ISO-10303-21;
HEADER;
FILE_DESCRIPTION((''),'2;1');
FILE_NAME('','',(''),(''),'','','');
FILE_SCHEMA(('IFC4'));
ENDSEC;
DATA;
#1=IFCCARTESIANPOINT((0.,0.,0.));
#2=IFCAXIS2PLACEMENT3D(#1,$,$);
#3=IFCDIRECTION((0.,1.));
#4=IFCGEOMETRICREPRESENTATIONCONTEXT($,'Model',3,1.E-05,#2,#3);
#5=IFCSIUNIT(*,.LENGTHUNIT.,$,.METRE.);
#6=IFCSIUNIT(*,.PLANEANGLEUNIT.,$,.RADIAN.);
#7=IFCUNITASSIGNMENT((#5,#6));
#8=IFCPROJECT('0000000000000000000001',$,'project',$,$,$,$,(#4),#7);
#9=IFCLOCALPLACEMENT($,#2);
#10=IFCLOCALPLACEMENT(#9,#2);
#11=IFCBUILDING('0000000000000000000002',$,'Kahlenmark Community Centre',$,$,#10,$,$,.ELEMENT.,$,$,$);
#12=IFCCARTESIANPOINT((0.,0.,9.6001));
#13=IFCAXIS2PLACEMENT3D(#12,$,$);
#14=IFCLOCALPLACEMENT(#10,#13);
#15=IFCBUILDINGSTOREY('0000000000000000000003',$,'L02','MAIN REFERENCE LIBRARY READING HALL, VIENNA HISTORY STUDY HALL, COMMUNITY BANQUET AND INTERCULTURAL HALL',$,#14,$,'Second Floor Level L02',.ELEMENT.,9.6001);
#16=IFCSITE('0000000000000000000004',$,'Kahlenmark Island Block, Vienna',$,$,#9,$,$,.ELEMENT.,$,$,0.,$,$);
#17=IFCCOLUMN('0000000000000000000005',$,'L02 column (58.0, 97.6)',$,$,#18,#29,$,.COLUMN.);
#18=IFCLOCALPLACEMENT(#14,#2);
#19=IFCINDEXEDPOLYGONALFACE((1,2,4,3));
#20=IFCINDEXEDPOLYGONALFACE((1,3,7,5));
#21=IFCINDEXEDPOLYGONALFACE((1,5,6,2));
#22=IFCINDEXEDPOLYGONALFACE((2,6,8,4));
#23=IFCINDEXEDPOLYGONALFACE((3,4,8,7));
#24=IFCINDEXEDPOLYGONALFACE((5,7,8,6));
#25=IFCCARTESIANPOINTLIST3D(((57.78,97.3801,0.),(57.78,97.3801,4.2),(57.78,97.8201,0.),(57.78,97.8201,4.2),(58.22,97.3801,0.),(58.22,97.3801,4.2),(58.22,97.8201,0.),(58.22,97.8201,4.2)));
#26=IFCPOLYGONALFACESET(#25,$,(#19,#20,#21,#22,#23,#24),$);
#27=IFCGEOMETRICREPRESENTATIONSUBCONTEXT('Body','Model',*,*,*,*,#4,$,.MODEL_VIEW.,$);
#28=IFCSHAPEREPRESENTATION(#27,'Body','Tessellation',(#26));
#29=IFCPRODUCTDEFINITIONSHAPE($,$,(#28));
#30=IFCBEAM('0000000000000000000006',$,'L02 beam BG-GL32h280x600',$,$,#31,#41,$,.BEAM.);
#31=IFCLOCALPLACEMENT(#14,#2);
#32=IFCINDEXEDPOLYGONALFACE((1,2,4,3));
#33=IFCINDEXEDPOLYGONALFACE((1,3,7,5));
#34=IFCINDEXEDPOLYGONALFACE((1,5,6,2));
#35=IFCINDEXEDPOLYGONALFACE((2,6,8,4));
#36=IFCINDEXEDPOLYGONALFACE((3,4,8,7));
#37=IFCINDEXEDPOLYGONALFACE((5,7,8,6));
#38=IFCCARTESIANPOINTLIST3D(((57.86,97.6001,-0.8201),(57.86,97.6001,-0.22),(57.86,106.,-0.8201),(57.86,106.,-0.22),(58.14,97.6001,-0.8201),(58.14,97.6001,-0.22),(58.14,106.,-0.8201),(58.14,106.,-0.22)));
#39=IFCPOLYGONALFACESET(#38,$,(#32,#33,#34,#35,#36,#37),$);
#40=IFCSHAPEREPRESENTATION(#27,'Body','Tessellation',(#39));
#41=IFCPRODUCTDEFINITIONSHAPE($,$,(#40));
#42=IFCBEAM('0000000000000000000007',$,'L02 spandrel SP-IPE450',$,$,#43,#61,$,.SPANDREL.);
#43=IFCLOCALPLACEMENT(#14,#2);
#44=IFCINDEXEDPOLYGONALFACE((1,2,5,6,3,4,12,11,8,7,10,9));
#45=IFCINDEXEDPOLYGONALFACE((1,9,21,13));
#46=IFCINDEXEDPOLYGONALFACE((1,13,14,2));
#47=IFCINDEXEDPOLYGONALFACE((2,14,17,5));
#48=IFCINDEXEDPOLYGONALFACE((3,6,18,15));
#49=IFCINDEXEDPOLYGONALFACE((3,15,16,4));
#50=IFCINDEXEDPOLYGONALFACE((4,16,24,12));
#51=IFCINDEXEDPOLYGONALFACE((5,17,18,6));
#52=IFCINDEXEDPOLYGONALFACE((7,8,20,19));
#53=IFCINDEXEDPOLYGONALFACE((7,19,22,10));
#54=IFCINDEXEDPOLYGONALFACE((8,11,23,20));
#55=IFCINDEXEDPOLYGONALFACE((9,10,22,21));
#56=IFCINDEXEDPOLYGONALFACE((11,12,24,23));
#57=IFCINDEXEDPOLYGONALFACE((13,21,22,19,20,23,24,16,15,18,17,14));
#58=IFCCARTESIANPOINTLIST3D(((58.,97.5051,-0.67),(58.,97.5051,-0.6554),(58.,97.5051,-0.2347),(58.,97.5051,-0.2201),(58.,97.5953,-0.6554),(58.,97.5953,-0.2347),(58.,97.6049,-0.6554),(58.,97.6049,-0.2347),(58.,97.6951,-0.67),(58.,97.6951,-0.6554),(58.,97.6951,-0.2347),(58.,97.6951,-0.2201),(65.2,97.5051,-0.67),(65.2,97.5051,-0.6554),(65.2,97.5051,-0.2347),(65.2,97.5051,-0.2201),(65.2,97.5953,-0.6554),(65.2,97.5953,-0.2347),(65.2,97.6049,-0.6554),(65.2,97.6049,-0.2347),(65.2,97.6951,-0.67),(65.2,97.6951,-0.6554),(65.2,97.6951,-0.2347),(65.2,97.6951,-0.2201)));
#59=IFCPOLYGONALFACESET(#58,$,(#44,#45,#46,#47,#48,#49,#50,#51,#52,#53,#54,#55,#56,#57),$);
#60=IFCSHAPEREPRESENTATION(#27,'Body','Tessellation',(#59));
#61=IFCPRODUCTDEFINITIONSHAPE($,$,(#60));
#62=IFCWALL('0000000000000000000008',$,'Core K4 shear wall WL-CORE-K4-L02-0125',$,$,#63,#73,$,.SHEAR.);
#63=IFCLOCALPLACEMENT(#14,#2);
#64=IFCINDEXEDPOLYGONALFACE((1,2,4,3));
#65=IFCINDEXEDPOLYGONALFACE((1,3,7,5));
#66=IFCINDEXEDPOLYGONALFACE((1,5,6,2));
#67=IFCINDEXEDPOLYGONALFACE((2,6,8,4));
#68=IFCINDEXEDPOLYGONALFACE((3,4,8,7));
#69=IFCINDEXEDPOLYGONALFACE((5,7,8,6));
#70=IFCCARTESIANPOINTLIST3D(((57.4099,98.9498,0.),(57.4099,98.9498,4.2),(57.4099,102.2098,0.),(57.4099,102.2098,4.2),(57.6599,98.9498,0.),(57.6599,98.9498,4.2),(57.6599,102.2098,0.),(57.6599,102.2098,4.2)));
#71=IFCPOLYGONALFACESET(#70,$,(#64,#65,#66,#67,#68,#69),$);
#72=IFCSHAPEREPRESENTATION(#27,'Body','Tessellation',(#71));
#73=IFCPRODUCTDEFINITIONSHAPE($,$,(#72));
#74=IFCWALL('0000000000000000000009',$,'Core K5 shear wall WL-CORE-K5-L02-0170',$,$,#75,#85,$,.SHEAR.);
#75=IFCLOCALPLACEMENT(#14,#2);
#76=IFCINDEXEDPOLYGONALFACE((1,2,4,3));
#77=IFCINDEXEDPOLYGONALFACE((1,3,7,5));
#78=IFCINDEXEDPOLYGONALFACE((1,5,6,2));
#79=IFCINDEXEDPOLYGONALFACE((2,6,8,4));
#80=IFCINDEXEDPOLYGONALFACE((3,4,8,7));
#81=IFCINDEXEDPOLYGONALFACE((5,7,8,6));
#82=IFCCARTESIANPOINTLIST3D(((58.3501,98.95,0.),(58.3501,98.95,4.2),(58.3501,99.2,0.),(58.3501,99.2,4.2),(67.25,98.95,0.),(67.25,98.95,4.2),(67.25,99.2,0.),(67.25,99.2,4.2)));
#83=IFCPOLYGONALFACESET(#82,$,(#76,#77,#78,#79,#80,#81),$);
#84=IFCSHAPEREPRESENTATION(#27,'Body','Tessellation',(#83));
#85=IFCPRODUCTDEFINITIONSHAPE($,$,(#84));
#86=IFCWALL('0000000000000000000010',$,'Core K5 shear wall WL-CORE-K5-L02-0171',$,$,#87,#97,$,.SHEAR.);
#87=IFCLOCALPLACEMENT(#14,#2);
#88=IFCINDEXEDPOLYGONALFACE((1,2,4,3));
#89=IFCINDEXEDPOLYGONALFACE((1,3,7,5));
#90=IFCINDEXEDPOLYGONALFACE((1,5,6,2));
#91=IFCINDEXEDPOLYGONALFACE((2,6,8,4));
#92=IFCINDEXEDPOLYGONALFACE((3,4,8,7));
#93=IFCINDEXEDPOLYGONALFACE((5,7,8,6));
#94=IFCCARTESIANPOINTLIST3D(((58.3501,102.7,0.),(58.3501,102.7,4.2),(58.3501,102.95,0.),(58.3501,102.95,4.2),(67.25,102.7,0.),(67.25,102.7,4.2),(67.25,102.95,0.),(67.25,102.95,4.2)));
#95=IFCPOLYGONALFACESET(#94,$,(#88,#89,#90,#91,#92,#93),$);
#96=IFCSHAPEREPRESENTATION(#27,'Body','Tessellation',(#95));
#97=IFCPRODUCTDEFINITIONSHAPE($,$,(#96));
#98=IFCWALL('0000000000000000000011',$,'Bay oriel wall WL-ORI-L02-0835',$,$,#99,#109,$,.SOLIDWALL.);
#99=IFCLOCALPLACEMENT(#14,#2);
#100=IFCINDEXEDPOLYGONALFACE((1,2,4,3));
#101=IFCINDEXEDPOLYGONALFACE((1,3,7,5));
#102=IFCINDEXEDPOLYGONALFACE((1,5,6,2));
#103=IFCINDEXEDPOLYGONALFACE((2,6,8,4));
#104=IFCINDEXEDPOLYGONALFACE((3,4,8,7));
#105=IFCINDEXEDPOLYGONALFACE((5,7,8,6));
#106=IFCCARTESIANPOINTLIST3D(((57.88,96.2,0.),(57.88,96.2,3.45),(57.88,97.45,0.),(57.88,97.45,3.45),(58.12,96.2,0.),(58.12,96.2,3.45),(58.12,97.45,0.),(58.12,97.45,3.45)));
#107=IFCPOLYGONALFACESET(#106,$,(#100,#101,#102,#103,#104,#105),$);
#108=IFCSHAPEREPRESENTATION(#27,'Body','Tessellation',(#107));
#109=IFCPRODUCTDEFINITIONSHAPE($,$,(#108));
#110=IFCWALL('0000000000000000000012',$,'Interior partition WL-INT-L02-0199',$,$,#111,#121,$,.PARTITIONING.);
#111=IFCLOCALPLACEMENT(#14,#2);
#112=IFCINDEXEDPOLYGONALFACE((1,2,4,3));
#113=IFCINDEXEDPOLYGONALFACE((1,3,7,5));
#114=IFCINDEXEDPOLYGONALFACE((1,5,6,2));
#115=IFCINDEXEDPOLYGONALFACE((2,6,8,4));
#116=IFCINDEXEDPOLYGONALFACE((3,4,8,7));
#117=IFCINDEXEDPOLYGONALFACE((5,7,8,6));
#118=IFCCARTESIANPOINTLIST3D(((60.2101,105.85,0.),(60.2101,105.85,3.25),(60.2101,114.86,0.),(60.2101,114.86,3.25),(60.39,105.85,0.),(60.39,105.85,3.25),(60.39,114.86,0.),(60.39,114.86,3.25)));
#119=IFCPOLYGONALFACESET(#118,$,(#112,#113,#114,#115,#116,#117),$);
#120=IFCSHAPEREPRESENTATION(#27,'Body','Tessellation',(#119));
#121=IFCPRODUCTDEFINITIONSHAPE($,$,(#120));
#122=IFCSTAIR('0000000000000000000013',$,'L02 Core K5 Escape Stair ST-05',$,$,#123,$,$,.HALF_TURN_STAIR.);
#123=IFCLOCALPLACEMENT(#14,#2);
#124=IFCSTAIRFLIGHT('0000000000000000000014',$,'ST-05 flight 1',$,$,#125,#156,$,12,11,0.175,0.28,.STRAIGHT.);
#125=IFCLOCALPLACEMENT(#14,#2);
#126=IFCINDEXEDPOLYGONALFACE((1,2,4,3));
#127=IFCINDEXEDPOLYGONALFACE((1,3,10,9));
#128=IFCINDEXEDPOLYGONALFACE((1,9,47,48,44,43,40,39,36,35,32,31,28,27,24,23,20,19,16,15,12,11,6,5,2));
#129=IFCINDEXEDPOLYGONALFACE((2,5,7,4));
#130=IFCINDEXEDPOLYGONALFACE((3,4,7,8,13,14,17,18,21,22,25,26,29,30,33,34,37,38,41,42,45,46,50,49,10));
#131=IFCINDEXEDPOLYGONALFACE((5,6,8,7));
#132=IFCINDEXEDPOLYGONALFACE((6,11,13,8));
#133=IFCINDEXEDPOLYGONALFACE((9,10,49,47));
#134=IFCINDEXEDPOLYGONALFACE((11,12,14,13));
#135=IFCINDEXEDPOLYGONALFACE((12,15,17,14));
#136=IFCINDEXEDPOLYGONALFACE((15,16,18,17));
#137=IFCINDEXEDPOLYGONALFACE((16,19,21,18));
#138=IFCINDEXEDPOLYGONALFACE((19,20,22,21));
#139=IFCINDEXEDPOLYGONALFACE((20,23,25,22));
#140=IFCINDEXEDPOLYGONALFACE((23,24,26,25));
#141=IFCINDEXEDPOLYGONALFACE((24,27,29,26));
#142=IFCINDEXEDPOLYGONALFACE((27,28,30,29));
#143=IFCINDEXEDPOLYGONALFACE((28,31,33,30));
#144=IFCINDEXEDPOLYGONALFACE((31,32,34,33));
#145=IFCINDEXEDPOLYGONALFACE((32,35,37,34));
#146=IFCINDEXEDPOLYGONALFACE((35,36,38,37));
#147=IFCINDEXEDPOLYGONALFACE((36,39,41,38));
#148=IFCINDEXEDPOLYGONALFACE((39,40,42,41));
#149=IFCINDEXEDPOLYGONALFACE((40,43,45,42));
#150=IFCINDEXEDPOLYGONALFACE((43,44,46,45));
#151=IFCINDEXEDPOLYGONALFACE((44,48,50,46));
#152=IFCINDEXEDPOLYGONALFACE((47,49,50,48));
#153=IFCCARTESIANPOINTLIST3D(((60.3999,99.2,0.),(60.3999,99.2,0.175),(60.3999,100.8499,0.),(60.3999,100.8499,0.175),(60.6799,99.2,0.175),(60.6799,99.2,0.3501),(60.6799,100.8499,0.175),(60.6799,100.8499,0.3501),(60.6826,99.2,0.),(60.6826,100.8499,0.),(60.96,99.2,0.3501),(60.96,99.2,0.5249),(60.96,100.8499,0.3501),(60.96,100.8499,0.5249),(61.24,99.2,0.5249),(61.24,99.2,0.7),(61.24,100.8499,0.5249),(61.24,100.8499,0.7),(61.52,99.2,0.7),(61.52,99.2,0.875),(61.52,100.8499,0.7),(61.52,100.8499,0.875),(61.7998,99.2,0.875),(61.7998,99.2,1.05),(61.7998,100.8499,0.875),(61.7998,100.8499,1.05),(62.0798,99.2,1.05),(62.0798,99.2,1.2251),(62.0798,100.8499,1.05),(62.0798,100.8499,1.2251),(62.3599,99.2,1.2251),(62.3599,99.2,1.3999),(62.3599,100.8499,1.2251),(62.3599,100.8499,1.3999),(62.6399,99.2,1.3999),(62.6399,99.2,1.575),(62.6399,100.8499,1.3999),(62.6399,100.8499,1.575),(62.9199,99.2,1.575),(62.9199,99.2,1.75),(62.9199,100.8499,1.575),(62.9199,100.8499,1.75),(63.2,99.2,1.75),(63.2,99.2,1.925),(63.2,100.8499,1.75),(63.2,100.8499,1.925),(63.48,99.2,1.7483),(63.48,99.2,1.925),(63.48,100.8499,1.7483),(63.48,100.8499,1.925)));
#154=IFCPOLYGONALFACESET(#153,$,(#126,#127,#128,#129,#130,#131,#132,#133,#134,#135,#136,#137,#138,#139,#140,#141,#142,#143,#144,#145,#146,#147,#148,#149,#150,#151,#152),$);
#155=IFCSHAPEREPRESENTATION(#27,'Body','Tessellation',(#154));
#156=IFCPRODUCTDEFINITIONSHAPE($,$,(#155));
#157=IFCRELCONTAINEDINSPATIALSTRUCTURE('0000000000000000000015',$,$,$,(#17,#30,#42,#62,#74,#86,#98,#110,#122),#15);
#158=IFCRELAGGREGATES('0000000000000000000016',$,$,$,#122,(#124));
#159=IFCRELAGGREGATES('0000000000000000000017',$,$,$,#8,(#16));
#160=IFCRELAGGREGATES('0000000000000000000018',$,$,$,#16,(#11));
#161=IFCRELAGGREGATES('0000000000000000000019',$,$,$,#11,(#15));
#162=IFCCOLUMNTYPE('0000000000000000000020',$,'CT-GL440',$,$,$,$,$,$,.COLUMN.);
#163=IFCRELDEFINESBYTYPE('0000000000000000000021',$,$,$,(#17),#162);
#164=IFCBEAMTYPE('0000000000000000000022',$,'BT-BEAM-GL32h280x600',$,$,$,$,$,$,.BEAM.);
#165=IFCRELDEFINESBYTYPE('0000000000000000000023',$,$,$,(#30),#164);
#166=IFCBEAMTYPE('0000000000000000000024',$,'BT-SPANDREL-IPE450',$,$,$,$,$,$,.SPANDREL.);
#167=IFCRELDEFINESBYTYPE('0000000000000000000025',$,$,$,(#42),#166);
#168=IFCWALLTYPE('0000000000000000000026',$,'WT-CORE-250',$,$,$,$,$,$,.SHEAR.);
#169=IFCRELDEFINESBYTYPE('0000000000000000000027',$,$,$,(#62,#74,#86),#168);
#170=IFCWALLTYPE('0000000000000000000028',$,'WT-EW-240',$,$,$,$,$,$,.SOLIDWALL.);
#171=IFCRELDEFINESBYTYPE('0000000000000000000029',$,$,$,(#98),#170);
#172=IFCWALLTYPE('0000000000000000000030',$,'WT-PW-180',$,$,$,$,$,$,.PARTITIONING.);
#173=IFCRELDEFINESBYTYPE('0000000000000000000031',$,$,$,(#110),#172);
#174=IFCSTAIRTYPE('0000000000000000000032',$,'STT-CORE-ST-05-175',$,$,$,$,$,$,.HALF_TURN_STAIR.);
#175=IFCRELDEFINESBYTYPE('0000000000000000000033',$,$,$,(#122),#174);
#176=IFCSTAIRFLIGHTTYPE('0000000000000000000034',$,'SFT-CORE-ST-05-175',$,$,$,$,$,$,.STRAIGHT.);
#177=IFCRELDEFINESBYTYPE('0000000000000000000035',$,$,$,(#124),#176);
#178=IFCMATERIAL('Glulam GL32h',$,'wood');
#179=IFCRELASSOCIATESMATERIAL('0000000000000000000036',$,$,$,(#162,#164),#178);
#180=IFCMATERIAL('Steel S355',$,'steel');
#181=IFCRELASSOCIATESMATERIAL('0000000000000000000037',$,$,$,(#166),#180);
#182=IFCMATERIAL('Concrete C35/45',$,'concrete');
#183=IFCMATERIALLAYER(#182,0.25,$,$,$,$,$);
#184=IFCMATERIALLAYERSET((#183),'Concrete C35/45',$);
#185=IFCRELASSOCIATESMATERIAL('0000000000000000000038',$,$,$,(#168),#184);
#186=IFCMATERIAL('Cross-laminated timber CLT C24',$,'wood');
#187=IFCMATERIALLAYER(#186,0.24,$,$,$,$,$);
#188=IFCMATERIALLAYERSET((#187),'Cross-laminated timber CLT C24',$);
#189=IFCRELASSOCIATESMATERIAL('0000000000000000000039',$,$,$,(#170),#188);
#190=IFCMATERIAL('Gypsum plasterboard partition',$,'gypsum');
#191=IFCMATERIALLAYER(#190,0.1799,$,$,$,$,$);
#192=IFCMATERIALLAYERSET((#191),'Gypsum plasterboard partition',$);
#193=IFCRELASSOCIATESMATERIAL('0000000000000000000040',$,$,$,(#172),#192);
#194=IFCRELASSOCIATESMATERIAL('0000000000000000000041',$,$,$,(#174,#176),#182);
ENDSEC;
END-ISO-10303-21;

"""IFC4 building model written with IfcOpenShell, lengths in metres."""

from ifc_helpers import new_model, si_unit, direction, frame, frame_2d, origin, origin_2d, place, context, subcontext, project, spatial, polyline, rectangle, i_section, outline, extrude, material, layer, layer_set, material_profile, profile_set, type_object, element, aggregate, save


model = new_model("IFC4")

# Units and contexts
model_context = context("Model", 3, precision=1e-05, world=origin(), true_north=direction((0.0, 1.0)))
body_context = subcontext(model_context, "Body", "Model", "MODEL_VIEW")
ifc_project = project(units=[si_unit("LENGTHUNIT", "METRE"), si_unit("PLANEANGLEUNIT", "RADIAN")], contexts=[model_context])

# Site, building, storey
site_placement = place(None, origin())
site = spatial("IfcSite", under=ifc_project, at=site_placement, Name="Kahlenmark Island Block, Vienna", CompositionType="ELEMENT", RefElevation=0.0)
building_placement = place(site_placement, origin())
building = spatial("IfcBuilding", under=site, at=building_placement, Name="Kahlenmark Community Centre", CompositionType="ELEMENT")
storey_placement = place(building_placement, frame((0.0, 0.0, 9.6001)))
storey = spatial("IfcBuildingStorey", under=building, at=storey_placement, Name="L02", Description="MAIN REFERENCE LIBRARY READING HALL, VIENNA HISTORY STUDY HALL, COMMUNITY BANQUET AND INTERCULTURAL HALL", LongName="Second Floor Level L02", CompositionType="ELEMENT", Elevation=9.6001)

# Column
ifc_material_1 = material(Name="Glulam GL32h", Category="wood")
ifc_material_profile_1 = material_profile(ifc_material_1, rectangle(XDim=0.4399, YDim=0.4399, at=origin_2d()), Name="GL32h 440x440")
ifc_profile_set_1 = profile_set([ifc_material_profile_1], Name="Glulam GL32h")
column_type = type_object("IfcColumnType", Name="CT-GL440", PredefinedType="COLUMN", material=ifc_profile_set_1)
column_placement = place(storey_placement, frame((58.0, 97.6001, 0.0), z_axis=(0.0, 0.0, 1.0), x_axis=(1.0, 0.0, 0.0)))
element("IfcColumn", 1, at=column_placement, inside=storey, type_object=column_type, Name="L02 column (58.0, 97.6)", PredefinedType="COLUMN", context=body_context, shape_type="SweptSolid", body=[
    extrude(rectangle(XDim=0.4399, YDim=0.4399, at=origin_2d()), origin(), (0.0, 0.0, 1.0), 4.2),
])

# Beams
ifc_material_profile_2 = material_profile(ifc_material_1, rectangle(XDim=0.28, YDim=0.6001, at=origin_2d()), Name="GL32h 280x600")
ifc_profile_set_2 = profile_set([ifc_material_profile_2], Name="Glulam GL32h")
beam_type_1 = type_object("IfcBeamType", Name="BT-BEAM-GL32h280x600", PredefinedType="BEAM", material=ifc_profile_set_2)
beam_1_placement = place(storey_placement, frame((58.0, 97.6001, -0.52), z_axis=(0.0, 1.0, 0.0), x_axis=(-1.0, 0.0, 0.0)))
element("IfcBeam", 2, at=beam_1_placement, inside=storey, type_object=beam_type_1, Name="L02 beam BG-GL32h280x600", PredefinedType="BEAM", context=body_context, shape_type="SweptSolid", body=[
    extrude(rectangle(XDim=0.28, YDim=0.6001, at=origin_2d()), origin(), (0.0, 0.0, 1.0), 8.3999),
])
ifc_material_2 = material(Name="Steel S355", Category="steel")
ifc_material_profile_3 = material_profile(ifc_material_2, i_section(OverallWidth=0.1899, OverallDepth=0.45, WebThickness=0.0095, FlangeThickness=0.0146, at=origin_2d()), Name="IPE 450")
ifc_profile_set_3 = profile_set([ifc_material_profile_3], Name="Steel S355")
beam_type_2 = type_object("IfcBeamType", Name="BT-SPANDREL-IPE450", PredefinedType="SPANDREL", material=ifc_profile_set_3)
beam_2_placement = place(storey_placement, frame((58.0, 97.6001, -0.4451), z_axis=(1.0, 0.0, 0.0), x_axis=(0.0, 1.0, 0.0)))
element("IfcBeam", 3, at=beam_2_placement, inside=storey, type_object=beam_type_2, Name="L02 spandrel SP-IPE450", PredefinedType="SPANDREL", context=body_context, shape_type="SweptSolid", body=[
    extrude(i_section(OverallWidth=0.1899, OverallDepth=0.45, WebThickness=0.0095, FlangeThickness=0.0146, at=origin_2d()), origin(), (0.0, 0.0, 1.0), 7.2),
])

# Wall
ifc_material_3 = material(Name="Concrete C35/45", Category="concrete")
ifc_layer_1 = layer(ifc_material_3, 0.25)
ifc_layer_set_1 = layer_set([ifc_layer_1], Name="Concrete C35/45")
wall_type_1 = type_object("IfcWallType", Name="WT-CORE-250", PredefinedType="SHEAR", material=ifc_layer_set_1)
wall_1_placement = place(storey_placement, frame((57.5349, 98.95, 0.0), z_axis=(0.0, 0.0, 1.0), x_axis=(0.0, 1.0, 0.0)))
element("IfcWall", 4, at=wall_1_placement, inside=storey, type_object=wall_type_1, Name="Core K4 shear wall WL-CORE-K4-L02-0125", PredefinedType="SHEAR", context=body_context, shape_type="SweptSolid", body=[
    extrude(rectangle(XDim=3.26, YDim=0.25, at=frame_2d((1.6299, 0.0))), origin(), (0.0, 0.0, 1.0), 4.2),
])

# Walls
for number, where, z_axis, x_axis, name in (
    (5, (58.3501, 99.075, 0.0), (0.0, 0.0, 1.0), (1.0, 0.0, 0.0), "Core K5 shear wall WL-CORE-K5-L02-0170"),
    (6, (58.3501, 102.825, 0.0), (0.0, 0.0, 1.0), (1.0, 0.0, 0.0), "Core K5 shear wall WL-CORE-K5-L02-0171"),
):
    element("IfcWall", number, at=place(storey_placement, frame(where, z_axis=z_axis, x_axis=x_axis)), inside=storey, type_object=wall_type_1, Name=name, PredefinedType="SHEAR", context=body_context, shape_type="SweptSolid", body=[
        extrude(rectangle(XDim=8.8999, YDim=0.25, at=frame_2d((4.45, 0.0))), origin(), (0.0, 0.0, 1.0), 4.2),
    ])
ifc_material_4 = material(Name="Cross-laminated timber CLT C24", Category="wood")
ifc_layer_2 = layer(ifc_material_4, 0.24)
ifc_layer_set_2 = layer_set([ifc_layer_2], Name="Cross-laminated timber CLT C24")
wall_type_2 = type_object("IfcWallType", Name="WT-EW-240", PredefinedType="SOLIDWALL", material=ifc_layer_set_2)
wall_2_placement = place(storey_placement, frame((58.0, 97.45, 0.0), z_axis=(0.0, 0.0, 1.0), x_axis=(0.0, -1.0, 0.0)))
element("IfcWall", 7, at=wall_2_placement, inside=storey, type_object=wall_type_2, Name="Bay oriel wall WL-ORI-L02-0835", PredefinedType="SOLIDWALL", context=body_context, shape_type="SweptSolid", body=[
    extrude(rectangle(XDim=1.25, YDim=0.24, at=frame_2d((0.625, 0.0))), origin(), (0.0, 0.0, 1.0), 3.45),
])

# Shared definitions
ifc_material_5 = material(Name="Gypsum plasterboard partition", Category="gypsum")
ifc_layer_3 = layer(ifc_material_5, 0.1799)
ifc_layer_set_3 = layer_set([ifc_layer_3], Name="Gypsum plasterboard partition")
wall_type_3 = type_object("IfcWallType", Name="WT-PW-180", PredefinedType="PARTITIONING", material=ifc_layer_set_3)

# Wall
wall_3_placement = place(storey_placement, frame((60.3, 105.8501, 0.0), z_axis=(0.0, 0.0, 1.0), x_axis=(0.0, 1.0, 0.0)))
element("IfcWall", 8, at=wall_3_placement, inside=storey, type_object=wall_type_3, Name="Interior partition WL-INT-L02-0199", PredefinedType="PARTITIONING", context=body_context, shape_type="SweptSolid", body=[
    extrude(rectangle(XDim=9.01, YDim=0.1799, at=frame_2d((4.5049, 0.0))), origin(), (0.0, 0.0, 1.0), 3.25),
])

# Stair, stair flight
stair_type = type_object("IfcStairType", Name="STT-CORE-ST-05-175", PredefinedType="HALF_TURN_STAIR", material=ifc_material_3)
stair_placement = place(storey_placement, origin())
stair = element("IfcStair", 9, at=stair_placement, inside=storey, type_object=stair_type, Name="L02 Core K5 Escape Stair ST-05", PredefinedType="HALF_TURN_STAIR")
stair_flight_type = type_object("IfcStairFlightType", Name="SFT-CORE-ST-05-175", PredefinedType="STRAIGHT", material=ifc_material_3)
stair_flight_1_placement = place(storey_placement, frame((60.3999, 100.0249, 0.0), z_axis=(0.0, 0.0, 1.0), x_axis=(1.0, 0.0, 0.0)))
stair_flight_1 = element("IfcStairFlight", 10, at=stair_flight_1_placement, type_object=stair_flight_type, Name="ST-05 flight 1", NumberOfRisers=12, NumberOfTreads=11, PredefinedType="STRAIGHT", RiserHeight=0.175, TreadLength=0.28, context=body_context, shape_type="SweptSolid", body=[
    extrude(outline(polyline([(0.0, 0.0), (0.0, 0.175), (0.28, 0.175), (0.28, 0.3501), (0.5601, 0.3501), (0.5601, 0.5249), (0.8401, 0.5249), (0.8401, 0.7), (1.1201, 0.7), (1.1201, 0.875), (1.3999, 0.875), (1.3999, 1.05), (1.6799, 1.05), (1.6799, 1.2251), (1.96, 1.2251), (1.96, 1.3999), (2.24, 1.3999), (2.24, 1.575), (2.52, 1.575), (2.52, 1.75), (2.8, 1.75), (2.8, 1.925), (3.0801, 1.925), (3.0801, 2.1001), (3.0801, 1.7483), (0.2827, 0.0), (0.0, 0.0)])), frame((0.0, 0.825, 0.0), z_axis=(0.0, -1.0, 0.0), x_axis=(1.0, 0.0, 0.0)), (0.0, 0.0, 1.0), 1.6499),
])
aggregate(stair, [stair_flight_1])

save(model, "model.ifc")
